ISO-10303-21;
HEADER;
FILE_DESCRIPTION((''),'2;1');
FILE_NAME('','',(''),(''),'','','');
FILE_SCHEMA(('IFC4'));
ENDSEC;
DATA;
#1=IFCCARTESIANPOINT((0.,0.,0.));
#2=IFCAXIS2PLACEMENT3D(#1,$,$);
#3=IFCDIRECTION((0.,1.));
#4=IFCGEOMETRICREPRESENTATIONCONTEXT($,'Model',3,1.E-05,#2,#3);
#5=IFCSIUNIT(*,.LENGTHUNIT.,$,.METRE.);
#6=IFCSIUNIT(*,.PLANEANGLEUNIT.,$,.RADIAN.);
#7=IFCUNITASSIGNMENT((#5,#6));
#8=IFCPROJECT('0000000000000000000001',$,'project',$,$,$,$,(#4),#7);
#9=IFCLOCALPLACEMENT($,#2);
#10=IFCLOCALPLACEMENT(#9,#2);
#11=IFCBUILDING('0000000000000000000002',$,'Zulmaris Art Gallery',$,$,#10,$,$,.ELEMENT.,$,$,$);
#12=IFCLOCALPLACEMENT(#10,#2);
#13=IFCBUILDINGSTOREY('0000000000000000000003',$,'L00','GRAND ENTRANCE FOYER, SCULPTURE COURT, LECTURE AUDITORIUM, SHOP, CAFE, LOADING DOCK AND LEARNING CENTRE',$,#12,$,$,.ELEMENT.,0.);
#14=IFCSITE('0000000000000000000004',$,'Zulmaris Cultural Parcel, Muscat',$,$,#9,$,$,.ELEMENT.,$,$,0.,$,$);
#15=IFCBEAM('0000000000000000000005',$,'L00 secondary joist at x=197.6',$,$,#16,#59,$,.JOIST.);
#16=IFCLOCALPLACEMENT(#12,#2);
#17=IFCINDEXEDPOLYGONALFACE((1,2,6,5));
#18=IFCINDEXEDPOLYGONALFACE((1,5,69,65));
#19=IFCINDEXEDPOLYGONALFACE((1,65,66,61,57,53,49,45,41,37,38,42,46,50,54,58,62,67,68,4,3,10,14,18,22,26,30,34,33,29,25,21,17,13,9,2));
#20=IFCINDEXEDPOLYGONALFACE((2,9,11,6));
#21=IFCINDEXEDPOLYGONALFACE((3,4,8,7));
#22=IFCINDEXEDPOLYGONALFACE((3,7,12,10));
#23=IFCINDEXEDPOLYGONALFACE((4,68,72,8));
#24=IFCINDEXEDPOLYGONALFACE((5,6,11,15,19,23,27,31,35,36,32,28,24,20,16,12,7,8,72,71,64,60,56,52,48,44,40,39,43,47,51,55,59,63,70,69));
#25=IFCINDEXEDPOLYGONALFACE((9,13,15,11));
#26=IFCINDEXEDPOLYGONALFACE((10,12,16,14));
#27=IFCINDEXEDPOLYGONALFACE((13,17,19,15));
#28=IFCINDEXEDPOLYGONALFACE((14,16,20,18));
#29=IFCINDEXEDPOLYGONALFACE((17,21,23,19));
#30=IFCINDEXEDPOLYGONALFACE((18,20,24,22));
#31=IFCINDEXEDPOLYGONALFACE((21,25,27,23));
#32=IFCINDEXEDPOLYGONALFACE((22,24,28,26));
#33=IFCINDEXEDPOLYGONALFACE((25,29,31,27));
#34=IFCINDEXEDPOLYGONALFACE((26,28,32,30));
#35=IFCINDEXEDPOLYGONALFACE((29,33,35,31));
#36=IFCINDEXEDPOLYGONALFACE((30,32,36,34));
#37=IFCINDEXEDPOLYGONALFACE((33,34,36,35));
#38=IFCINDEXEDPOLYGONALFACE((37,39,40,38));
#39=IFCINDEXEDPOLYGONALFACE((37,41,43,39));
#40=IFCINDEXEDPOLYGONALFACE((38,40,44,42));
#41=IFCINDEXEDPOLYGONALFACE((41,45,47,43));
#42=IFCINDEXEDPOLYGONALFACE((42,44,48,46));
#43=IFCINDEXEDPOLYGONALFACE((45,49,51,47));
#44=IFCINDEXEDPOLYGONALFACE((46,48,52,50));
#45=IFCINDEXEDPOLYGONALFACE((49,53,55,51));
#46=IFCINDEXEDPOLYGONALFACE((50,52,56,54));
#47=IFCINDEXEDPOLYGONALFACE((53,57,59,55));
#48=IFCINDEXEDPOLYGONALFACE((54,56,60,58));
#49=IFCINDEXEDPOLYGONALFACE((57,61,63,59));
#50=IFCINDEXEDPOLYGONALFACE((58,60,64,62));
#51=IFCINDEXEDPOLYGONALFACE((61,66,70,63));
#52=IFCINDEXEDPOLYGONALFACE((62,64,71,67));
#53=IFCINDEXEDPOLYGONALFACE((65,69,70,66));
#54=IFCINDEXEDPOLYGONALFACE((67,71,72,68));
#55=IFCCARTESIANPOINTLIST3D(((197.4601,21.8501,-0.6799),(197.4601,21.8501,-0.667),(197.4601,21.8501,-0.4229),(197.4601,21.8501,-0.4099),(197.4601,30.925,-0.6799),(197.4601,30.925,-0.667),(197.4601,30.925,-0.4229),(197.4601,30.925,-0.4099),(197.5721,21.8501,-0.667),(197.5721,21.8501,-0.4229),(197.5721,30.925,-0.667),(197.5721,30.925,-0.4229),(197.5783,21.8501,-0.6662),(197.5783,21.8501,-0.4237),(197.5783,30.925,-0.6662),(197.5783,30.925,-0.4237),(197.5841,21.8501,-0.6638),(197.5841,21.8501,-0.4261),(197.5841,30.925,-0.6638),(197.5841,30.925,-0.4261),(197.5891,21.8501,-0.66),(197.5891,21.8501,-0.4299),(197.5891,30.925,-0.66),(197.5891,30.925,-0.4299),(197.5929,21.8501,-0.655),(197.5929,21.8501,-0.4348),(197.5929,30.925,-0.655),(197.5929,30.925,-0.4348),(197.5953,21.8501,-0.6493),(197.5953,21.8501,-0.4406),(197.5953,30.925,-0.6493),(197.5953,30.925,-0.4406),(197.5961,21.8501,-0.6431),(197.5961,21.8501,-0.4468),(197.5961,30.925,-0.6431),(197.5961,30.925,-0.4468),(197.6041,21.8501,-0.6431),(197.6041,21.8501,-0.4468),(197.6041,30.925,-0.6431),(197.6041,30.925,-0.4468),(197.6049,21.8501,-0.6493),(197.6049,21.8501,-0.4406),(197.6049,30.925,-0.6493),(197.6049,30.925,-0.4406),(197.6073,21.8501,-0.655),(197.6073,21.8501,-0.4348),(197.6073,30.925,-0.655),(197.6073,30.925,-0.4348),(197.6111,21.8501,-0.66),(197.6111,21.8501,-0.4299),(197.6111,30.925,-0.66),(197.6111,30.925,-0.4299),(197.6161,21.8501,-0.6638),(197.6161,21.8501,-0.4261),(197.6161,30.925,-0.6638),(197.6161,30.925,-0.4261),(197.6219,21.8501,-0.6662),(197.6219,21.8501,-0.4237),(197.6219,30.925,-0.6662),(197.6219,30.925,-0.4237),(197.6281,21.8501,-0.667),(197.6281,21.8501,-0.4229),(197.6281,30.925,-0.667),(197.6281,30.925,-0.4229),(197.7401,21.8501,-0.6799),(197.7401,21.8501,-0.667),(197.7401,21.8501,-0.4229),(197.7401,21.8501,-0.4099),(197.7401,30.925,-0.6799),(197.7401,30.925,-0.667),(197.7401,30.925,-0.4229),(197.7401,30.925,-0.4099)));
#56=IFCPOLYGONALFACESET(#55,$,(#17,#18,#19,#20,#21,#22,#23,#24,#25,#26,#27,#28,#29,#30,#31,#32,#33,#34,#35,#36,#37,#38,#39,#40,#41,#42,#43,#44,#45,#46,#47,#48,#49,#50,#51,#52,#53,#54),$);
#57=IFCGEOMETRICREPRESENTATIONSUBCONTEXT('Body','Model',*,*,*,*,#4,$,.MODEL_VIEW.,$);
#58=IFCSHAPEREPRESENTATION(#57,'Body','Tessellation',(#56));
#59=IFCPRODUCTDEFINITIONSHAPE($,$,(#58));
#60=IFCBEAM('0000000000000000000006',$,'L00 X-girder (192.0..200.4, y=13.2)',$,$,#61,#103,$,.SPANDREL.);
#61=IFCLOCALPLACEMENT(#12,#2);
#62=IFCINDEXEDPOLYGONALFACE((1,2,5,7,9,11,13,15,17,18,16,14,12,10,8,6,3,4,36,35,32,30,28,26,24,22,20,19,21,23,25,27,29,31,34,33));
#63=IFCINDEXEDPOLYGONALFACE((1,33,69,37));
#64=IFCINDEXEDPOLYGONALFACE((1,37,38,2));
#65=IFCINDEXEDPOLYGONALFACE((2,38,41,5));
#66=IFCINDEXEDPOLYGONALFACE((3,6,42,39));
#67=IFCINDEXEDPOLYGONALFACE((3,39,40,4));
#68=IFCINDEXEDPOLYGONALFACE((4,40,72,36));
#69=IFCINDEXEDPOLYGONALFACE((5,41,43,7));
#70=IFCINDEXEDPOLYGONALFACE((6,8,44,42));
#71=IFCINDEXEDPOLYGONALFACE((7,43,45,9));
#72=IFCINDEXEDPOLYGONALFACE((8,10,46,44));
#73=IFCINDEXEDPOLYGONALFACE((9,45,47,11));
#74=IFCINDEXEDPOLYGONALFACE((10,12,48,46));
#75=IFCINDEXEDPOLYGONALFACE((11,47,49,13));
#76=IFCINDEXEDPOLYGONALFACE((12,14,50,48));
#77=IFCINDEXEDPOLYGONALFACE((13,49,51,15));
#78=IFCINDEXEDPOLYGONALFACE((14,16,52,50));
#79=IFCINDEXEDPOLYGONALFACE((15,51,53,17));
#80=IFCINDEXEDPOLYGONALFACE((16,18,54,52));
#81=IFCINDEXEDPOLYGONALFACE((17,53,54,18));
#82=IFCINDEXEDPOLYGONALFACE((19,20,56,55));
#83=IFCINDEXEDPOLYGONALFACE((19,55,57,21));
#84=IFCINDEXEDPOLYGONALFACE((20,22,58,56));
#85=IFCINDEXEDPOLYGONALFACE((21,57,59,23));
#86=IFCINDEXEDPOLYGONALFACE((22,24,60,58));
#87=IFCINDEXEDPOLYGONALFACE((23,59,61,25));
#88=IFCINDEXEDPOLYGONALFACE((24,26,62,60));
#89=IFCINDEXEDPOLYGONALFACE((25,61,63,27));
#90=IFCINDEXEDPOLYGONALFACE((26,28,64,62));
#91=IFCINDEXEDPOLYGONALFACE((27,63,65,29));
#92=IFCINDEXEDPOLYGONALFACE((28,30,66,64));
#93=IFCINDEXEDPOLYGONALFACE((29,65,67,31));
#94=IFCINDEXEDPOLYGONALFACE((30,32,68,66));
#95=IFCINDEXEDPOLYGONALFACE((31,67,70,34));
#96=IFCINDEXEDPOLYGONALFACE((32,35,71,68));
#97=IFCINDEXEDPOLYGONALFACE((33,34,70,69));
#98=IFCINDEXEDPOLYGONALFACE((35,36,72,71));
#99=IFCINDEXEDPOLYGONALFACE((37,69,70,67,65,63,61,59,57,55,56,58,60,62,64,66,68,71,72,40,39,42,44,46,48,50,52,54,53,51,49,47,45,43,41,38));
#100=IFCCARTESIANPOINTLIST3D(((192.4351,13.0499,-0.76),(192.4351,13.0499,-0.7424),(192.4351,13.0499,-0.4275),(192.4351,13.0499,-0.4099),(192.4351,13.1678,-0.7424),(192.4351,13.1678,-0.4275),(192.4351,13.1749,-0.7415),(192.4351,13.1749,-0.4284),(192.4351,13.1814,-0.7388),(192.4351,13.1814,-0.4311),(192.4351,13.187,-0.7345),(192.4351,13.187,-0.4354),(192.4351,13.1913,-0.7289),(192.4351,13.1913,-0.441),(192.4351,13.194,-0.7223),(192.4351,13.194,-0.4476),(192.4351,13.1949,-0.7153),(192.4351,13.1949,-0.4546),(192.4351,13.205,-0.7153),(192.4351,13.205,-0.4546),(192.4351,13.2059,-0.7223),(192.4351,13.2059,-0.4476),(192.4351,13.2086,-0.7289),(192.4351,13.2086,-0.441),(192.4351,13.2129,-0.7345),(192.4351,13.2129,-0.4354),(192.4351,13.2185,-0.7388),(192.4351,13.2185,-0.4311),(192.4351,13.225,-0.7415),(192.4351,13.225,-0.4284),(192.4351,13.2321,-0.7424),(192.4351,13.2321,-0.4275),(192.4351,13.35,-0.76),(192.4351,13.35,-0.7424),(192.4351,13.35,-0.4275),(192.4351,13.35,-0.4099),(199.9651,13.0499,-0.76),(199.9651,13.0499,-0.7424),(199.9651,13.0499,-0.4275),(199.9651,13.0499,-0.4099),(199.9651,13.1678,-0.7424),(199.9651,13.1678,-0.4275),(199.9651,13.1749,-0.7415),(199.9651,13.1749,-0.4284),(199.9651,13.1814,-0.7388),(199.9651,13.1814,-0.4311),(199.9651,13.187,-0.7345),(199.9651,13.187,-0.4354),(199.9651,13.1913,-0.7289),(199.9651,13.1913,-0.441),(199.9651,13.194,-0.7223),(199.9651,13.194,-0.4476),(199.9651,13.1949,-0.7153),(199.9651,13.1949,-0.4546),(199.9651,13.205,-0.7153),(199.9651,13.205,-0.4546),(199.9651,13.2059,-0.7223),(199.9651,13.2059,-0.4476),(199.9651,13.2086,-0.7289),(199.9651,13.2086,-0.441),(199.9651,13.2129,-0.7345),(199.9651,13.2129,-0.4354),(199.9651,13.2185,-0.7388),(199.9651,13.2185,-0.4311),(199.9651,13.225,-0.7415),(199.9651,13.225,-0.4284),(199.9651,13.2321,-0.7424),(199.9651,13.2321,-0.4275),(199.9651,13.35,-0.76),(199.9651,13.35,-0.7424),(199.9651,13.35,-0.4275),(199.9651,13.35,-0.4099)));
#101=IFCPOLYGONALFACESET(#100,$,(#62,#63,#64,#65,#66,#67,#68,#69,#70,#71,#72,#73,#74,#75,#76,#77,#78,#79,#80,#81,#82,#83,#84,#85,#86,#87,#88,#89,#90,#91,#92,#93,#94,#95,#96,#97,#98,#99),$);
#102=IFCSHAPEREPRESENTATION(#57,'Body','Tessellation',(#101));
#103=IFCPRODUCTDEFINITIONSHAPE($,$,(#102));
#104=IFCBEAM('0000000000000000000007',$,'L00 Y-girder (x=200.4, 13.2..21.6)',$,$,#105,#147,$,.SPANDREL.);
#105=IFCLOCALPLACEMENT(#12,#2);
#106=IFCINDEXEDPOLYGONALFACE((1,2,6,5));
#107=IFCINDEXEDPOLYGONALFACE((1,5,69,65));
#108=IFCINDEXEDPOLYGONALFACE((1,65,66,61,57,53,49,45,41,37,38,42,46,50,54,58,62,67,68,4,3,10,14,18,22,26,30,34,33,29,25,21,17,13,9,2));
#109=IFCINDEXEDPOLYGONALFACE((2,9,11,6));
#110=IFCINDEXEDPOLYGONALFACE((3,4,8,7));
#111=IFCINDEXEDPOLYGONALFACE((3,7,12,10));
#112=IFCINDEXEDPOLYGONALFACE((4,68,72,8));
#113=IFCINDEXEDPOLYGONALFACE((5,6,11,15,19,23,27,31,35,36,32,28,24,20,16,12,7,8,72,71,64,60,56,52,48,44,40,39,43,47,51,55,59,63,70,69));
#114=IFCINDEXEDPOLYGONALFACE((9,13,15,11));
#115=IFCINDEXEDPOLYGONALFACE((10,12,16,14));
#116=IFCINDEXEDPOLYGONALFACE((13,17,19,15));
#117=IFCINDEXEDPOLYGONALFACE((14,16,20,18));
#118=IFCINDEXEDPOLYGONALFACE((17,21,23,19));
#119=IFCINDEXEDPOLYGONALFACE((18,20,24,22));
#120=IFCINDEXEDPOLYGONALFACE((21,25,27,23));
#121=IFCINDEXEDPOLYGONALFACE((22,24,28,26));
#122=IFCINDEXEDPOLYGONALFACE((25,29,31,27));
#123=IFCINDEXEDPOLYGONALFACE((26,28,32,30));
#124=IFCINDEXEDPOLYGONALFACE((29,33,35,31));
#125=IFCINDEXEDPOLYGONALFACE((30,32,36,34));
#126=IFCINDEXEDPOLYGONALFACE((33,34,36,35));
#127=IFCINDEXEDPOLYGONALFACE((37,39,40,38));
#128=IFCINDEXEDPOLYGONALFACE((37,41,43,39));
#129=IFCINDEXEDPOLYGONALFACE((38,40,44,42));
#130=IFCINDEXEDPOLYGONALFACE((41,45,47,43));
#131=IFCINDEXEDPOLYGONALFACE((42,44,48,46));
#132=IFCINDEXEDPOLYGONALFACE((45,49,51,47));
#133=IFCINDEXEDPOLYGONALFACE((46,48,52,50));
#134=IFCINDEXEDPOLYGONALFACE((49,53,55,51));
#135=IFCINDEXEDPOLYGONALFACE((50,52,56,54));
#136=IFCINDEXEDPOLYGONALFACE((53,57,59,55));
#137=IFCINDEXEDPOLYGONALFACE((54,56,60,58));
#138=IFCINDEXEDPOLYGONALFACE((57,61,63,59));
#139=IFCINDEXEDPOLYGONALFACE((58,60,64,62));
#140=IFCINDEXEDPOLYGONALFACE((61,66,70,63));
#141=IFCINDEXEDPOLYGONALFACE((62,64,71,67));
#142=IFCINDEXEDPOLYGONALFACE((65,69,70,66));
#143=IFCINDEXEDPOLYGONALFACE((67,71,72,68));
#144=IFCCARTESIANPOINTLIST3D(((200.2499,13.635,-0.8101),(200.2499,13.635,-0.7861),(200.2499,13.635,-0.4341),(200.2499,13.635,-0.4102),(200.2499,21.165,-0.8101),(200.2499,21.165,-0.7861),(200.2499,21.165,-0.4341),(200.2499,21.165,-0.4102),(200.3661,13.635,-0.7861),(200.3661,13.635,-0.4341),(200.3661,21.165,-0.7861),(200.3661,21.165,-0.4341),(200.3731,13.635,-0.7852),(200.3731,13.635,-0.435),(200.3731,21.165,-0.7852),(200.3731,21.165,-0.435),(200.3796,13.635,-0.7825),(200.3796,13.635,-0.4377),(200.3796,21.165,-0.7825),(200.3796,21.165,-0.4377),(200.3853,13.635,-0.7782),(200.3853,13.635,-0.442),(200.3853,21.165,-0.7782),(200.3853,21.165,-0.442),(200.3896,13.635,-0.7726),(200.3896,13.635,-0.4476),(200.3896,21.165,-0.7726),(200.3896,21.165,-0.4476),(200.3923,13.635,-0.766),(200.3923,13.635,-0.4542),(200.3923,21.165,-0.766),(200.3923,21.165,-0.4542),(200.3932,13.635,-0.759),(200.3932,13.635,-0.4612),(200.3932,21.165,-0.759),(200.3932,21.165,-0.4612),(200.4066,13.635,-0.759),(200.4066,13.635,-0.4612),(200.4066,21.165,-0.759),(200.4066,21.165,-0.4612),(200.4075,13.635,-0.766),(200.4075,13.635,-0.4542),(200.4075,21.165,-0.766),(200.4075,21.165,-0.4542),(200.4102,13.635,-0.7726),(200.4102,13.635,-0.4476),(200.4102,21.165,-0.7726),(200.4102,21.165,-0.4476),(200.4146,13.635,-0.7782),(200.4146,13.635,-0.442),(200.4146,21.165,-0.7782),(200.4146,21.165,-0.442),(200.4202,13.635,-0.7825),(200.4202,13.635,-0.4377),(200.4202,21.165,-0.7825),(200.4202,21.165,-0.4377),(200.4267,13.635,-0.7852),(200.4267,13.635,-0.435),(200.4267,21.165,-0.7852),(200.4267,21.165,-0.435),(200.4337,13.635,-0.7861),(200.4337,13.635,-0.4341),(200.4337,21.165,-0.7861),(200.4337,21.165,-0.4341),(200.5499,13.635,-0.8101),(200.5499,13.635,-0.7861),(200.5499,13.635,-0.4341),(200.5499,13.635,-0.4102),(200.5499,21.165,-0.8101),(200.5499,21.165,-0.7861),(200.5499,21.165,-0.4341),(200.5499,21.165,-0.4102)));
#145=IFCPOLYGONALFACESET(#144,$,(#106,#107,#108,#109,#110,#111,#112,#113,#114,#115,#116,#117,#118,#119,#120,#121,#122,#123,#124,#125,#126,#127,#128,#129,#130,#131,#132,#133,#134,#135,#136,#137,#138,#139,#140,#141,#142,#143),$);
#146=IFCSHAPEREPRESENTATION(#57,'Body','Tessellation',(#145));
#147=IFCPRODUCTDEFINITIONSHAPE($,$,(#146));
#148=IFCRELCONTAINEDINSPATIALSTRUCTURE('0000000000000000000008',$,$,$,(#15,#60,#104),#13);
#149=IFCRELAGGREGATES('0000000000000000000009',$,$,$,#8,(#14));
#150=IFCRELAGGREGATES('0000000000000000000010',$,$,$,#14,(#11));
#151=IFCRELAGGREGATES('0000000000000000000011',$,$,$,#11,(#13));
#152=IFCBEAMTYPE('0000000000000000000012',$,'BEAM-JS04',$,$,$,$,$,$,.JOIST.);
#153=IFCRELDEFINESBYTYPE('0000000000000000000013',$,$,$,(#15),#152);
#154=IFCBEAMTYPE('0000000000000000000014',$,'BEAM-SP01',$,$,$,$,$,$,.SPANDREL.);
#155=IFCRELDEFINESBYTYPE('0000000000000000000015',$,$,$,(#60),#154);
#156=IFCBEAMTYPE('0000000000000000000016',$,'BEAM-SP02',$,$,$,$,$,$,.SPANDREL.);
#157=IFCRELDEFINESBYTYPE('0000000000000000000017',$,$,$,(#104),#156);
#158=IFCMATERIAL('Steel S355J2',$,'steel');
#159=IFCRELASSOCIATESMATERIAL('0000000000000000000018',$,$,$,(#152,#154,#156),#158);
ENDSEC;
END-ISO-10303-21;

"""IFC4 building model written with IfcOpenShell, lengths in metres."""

from ifc_helpers import new_model, si_unit, direction, frame, origin, origin_2d, place, context, subcontext, project, spatial, i_section, extrude, material, material_profile, profile_set, type_object, element, save


model = new_model("IFC4")

# Units and contexts
model_context = context("Model", 3, precision=1e-05, world=origin(), true_north=direction((0.0, 1.0)))
body_context = subcontext(model_context, "Body", "Model", "MODEL_VIEW")
ifc_project = project(units=[si_unit("LENGTHUNIT", "METRE"), si_unit("PLANEANGLEUNIT", "RADIAN")], contexts=[model_context])

# Site, building, storey
site_placement = place(None, origin())
site = spatial("IfcSite", under=ifc_project, at=site_placement, Name="Zulmaris Cultural Parcel, Muscat", CompositionType="ELEMENT", RefElevation=0.0)
building_placement = place(site_placement, origin())
building = spatial("IfcBuilding", under=site, at=building_placement, Name="Zulmaris Art Gallery", CompositionType="ELEMENT")
storey_placement = place(building_placement, origin())
storey = spatial("IfcBuildingStorey", under=building, at=storey_placement, Name="L00", Description="GRAND ENTRANCE FOYER, SCULPTURE COURT, LECTURE AUDITORIUM, SHOP, CAFE, LOADING DOCK AND LEARNING CENTRE", CompositionType="ELEMENT", Elevation=0.0)

# Beams
ifc_material_1 = material(Name="Steel S355J2", Category="steel")
ifc_material_profile_1 = material_profile(ifc_material_1, i_section(OverallWidth=0.28, OverallDepth=0.27, WebThickness=0.0081, FlangeThickness=0.0129, FilletRadius=0.0239, at=origin_2d()), Name="HEA 280")
ifc_profile_set_1 = profile_set([ifc_material_profile_1], Name="Steel S355J2")
beam_type_1 = type_object("IfcBeamType", Name="BEAM-JS04", PredefinedType="JOIST", material=ifc_profile_set_1)
beam_1_placement = place(storey_placement, frame((197.6001, 21.8501, -0.5449), z_axis=(0.0, 1.0, 0.0), x_axis=(-1.0, 0.0, 0.0)))
element("IfcBeam", 1, at=beam_1_placement, inside=storey, type_object=beam_type_1, Name="L00 secondary joist at x=197.6", PredefinedType="JOIST", context=body_context, shape_type="SweptSolid", body=[
    extrude(i_section(OverallWidth=0.28, OverallDepth=0.27, WebThickness=0.0081, FlangeThickness=0.0129, FilletRadius=0.0239, at=origin_2d()), origin(), (0.0, 0.0, 1.0), 9.075),
])
ifc_material_profile_2 = material_profile(ifc_material_1, i_section(OverallWidth=0.3, OverallDepth=0.3501, WebThickness=0.01, FlangeThickness=0.0176, FilletRadius=0.0271, at=origin_2d()), Name="HEA 360")
ifc_profile_set_2 = profile_set([ifc_material_profile_2], Name="Steel S355J2")
beam_type_2 = type_object("IfcBeamType", Name="BEAM-SP01", PredefinedType="SPANDREL", material=ifc_profile_set_2)
beam_2_placement = place(storey_placement, frame((192.4351, 13.2, -0.585), z_axis=(1.0, 0.0, 0.0), x_axis=(0.0, 1.0, 0.0)))
element("IfcBeam", 2, at=beam_2_placement, inside=storey, type_object=beam_type_2, Name="L00 X-girder (192.0..200.4, y=13.2)", PredefinedType="SPANDREL", context=body_context, shape_type="SweptSolid", body=[
    extrude(i_section(OverallWidth=0.3, OverallDepth=0.3501, WebThickness=0.01, FlangeThickness=0.0176, FilletRadius=0.0271, at=origin_2d()), origin(), (0.0, 0.0, 1.0), 7.53),
])
ifc_material_profile_3 = material_profile(ifc_material_1, i_section(OverallWidth=0.3, OverallDepth=0.3999, WebThickness=0.0134, FlangeThickness=0.0239, FilletRadius=0.0271, at=origin_2d()), Name="HEB 400")
ifc_profile_set_3 = profile_set([ifc_material_profile_3], Name="Steel S355J2")
beam_type_3 = type_object("IfcBeamType", Name="BEAM-SP02", PredefinedType="SPANDREL", material=ifc_profile_set_3)
beam_3_placement = place(storey_placement, frame((200.3999, 13.635, -0.6101), z_axis=(0.0, 1.0, 0.0), x_axis=(-1.0, 0.0, 0.0)))
element("IfcBeam", 3, at=beam_3_placement, inside=storey, type_object=beam_type_3, Name="L00 Y-girder (x=200.4, 13.2..21.6)", PredefinedType="SPANDREL", context=body_context, shape_type="SweptSolid", body=[
    extrude(i_section(OverallWidth=0.3, OverallDepth=0.3999, WebThickness=0.0134, FlangeThickness=0.0239, FilletRadius=0.0271, at=origin_2d()), origin(), (0.0, 0.0, 1.0), 7.53),
])

save(model, "model.ifc")
